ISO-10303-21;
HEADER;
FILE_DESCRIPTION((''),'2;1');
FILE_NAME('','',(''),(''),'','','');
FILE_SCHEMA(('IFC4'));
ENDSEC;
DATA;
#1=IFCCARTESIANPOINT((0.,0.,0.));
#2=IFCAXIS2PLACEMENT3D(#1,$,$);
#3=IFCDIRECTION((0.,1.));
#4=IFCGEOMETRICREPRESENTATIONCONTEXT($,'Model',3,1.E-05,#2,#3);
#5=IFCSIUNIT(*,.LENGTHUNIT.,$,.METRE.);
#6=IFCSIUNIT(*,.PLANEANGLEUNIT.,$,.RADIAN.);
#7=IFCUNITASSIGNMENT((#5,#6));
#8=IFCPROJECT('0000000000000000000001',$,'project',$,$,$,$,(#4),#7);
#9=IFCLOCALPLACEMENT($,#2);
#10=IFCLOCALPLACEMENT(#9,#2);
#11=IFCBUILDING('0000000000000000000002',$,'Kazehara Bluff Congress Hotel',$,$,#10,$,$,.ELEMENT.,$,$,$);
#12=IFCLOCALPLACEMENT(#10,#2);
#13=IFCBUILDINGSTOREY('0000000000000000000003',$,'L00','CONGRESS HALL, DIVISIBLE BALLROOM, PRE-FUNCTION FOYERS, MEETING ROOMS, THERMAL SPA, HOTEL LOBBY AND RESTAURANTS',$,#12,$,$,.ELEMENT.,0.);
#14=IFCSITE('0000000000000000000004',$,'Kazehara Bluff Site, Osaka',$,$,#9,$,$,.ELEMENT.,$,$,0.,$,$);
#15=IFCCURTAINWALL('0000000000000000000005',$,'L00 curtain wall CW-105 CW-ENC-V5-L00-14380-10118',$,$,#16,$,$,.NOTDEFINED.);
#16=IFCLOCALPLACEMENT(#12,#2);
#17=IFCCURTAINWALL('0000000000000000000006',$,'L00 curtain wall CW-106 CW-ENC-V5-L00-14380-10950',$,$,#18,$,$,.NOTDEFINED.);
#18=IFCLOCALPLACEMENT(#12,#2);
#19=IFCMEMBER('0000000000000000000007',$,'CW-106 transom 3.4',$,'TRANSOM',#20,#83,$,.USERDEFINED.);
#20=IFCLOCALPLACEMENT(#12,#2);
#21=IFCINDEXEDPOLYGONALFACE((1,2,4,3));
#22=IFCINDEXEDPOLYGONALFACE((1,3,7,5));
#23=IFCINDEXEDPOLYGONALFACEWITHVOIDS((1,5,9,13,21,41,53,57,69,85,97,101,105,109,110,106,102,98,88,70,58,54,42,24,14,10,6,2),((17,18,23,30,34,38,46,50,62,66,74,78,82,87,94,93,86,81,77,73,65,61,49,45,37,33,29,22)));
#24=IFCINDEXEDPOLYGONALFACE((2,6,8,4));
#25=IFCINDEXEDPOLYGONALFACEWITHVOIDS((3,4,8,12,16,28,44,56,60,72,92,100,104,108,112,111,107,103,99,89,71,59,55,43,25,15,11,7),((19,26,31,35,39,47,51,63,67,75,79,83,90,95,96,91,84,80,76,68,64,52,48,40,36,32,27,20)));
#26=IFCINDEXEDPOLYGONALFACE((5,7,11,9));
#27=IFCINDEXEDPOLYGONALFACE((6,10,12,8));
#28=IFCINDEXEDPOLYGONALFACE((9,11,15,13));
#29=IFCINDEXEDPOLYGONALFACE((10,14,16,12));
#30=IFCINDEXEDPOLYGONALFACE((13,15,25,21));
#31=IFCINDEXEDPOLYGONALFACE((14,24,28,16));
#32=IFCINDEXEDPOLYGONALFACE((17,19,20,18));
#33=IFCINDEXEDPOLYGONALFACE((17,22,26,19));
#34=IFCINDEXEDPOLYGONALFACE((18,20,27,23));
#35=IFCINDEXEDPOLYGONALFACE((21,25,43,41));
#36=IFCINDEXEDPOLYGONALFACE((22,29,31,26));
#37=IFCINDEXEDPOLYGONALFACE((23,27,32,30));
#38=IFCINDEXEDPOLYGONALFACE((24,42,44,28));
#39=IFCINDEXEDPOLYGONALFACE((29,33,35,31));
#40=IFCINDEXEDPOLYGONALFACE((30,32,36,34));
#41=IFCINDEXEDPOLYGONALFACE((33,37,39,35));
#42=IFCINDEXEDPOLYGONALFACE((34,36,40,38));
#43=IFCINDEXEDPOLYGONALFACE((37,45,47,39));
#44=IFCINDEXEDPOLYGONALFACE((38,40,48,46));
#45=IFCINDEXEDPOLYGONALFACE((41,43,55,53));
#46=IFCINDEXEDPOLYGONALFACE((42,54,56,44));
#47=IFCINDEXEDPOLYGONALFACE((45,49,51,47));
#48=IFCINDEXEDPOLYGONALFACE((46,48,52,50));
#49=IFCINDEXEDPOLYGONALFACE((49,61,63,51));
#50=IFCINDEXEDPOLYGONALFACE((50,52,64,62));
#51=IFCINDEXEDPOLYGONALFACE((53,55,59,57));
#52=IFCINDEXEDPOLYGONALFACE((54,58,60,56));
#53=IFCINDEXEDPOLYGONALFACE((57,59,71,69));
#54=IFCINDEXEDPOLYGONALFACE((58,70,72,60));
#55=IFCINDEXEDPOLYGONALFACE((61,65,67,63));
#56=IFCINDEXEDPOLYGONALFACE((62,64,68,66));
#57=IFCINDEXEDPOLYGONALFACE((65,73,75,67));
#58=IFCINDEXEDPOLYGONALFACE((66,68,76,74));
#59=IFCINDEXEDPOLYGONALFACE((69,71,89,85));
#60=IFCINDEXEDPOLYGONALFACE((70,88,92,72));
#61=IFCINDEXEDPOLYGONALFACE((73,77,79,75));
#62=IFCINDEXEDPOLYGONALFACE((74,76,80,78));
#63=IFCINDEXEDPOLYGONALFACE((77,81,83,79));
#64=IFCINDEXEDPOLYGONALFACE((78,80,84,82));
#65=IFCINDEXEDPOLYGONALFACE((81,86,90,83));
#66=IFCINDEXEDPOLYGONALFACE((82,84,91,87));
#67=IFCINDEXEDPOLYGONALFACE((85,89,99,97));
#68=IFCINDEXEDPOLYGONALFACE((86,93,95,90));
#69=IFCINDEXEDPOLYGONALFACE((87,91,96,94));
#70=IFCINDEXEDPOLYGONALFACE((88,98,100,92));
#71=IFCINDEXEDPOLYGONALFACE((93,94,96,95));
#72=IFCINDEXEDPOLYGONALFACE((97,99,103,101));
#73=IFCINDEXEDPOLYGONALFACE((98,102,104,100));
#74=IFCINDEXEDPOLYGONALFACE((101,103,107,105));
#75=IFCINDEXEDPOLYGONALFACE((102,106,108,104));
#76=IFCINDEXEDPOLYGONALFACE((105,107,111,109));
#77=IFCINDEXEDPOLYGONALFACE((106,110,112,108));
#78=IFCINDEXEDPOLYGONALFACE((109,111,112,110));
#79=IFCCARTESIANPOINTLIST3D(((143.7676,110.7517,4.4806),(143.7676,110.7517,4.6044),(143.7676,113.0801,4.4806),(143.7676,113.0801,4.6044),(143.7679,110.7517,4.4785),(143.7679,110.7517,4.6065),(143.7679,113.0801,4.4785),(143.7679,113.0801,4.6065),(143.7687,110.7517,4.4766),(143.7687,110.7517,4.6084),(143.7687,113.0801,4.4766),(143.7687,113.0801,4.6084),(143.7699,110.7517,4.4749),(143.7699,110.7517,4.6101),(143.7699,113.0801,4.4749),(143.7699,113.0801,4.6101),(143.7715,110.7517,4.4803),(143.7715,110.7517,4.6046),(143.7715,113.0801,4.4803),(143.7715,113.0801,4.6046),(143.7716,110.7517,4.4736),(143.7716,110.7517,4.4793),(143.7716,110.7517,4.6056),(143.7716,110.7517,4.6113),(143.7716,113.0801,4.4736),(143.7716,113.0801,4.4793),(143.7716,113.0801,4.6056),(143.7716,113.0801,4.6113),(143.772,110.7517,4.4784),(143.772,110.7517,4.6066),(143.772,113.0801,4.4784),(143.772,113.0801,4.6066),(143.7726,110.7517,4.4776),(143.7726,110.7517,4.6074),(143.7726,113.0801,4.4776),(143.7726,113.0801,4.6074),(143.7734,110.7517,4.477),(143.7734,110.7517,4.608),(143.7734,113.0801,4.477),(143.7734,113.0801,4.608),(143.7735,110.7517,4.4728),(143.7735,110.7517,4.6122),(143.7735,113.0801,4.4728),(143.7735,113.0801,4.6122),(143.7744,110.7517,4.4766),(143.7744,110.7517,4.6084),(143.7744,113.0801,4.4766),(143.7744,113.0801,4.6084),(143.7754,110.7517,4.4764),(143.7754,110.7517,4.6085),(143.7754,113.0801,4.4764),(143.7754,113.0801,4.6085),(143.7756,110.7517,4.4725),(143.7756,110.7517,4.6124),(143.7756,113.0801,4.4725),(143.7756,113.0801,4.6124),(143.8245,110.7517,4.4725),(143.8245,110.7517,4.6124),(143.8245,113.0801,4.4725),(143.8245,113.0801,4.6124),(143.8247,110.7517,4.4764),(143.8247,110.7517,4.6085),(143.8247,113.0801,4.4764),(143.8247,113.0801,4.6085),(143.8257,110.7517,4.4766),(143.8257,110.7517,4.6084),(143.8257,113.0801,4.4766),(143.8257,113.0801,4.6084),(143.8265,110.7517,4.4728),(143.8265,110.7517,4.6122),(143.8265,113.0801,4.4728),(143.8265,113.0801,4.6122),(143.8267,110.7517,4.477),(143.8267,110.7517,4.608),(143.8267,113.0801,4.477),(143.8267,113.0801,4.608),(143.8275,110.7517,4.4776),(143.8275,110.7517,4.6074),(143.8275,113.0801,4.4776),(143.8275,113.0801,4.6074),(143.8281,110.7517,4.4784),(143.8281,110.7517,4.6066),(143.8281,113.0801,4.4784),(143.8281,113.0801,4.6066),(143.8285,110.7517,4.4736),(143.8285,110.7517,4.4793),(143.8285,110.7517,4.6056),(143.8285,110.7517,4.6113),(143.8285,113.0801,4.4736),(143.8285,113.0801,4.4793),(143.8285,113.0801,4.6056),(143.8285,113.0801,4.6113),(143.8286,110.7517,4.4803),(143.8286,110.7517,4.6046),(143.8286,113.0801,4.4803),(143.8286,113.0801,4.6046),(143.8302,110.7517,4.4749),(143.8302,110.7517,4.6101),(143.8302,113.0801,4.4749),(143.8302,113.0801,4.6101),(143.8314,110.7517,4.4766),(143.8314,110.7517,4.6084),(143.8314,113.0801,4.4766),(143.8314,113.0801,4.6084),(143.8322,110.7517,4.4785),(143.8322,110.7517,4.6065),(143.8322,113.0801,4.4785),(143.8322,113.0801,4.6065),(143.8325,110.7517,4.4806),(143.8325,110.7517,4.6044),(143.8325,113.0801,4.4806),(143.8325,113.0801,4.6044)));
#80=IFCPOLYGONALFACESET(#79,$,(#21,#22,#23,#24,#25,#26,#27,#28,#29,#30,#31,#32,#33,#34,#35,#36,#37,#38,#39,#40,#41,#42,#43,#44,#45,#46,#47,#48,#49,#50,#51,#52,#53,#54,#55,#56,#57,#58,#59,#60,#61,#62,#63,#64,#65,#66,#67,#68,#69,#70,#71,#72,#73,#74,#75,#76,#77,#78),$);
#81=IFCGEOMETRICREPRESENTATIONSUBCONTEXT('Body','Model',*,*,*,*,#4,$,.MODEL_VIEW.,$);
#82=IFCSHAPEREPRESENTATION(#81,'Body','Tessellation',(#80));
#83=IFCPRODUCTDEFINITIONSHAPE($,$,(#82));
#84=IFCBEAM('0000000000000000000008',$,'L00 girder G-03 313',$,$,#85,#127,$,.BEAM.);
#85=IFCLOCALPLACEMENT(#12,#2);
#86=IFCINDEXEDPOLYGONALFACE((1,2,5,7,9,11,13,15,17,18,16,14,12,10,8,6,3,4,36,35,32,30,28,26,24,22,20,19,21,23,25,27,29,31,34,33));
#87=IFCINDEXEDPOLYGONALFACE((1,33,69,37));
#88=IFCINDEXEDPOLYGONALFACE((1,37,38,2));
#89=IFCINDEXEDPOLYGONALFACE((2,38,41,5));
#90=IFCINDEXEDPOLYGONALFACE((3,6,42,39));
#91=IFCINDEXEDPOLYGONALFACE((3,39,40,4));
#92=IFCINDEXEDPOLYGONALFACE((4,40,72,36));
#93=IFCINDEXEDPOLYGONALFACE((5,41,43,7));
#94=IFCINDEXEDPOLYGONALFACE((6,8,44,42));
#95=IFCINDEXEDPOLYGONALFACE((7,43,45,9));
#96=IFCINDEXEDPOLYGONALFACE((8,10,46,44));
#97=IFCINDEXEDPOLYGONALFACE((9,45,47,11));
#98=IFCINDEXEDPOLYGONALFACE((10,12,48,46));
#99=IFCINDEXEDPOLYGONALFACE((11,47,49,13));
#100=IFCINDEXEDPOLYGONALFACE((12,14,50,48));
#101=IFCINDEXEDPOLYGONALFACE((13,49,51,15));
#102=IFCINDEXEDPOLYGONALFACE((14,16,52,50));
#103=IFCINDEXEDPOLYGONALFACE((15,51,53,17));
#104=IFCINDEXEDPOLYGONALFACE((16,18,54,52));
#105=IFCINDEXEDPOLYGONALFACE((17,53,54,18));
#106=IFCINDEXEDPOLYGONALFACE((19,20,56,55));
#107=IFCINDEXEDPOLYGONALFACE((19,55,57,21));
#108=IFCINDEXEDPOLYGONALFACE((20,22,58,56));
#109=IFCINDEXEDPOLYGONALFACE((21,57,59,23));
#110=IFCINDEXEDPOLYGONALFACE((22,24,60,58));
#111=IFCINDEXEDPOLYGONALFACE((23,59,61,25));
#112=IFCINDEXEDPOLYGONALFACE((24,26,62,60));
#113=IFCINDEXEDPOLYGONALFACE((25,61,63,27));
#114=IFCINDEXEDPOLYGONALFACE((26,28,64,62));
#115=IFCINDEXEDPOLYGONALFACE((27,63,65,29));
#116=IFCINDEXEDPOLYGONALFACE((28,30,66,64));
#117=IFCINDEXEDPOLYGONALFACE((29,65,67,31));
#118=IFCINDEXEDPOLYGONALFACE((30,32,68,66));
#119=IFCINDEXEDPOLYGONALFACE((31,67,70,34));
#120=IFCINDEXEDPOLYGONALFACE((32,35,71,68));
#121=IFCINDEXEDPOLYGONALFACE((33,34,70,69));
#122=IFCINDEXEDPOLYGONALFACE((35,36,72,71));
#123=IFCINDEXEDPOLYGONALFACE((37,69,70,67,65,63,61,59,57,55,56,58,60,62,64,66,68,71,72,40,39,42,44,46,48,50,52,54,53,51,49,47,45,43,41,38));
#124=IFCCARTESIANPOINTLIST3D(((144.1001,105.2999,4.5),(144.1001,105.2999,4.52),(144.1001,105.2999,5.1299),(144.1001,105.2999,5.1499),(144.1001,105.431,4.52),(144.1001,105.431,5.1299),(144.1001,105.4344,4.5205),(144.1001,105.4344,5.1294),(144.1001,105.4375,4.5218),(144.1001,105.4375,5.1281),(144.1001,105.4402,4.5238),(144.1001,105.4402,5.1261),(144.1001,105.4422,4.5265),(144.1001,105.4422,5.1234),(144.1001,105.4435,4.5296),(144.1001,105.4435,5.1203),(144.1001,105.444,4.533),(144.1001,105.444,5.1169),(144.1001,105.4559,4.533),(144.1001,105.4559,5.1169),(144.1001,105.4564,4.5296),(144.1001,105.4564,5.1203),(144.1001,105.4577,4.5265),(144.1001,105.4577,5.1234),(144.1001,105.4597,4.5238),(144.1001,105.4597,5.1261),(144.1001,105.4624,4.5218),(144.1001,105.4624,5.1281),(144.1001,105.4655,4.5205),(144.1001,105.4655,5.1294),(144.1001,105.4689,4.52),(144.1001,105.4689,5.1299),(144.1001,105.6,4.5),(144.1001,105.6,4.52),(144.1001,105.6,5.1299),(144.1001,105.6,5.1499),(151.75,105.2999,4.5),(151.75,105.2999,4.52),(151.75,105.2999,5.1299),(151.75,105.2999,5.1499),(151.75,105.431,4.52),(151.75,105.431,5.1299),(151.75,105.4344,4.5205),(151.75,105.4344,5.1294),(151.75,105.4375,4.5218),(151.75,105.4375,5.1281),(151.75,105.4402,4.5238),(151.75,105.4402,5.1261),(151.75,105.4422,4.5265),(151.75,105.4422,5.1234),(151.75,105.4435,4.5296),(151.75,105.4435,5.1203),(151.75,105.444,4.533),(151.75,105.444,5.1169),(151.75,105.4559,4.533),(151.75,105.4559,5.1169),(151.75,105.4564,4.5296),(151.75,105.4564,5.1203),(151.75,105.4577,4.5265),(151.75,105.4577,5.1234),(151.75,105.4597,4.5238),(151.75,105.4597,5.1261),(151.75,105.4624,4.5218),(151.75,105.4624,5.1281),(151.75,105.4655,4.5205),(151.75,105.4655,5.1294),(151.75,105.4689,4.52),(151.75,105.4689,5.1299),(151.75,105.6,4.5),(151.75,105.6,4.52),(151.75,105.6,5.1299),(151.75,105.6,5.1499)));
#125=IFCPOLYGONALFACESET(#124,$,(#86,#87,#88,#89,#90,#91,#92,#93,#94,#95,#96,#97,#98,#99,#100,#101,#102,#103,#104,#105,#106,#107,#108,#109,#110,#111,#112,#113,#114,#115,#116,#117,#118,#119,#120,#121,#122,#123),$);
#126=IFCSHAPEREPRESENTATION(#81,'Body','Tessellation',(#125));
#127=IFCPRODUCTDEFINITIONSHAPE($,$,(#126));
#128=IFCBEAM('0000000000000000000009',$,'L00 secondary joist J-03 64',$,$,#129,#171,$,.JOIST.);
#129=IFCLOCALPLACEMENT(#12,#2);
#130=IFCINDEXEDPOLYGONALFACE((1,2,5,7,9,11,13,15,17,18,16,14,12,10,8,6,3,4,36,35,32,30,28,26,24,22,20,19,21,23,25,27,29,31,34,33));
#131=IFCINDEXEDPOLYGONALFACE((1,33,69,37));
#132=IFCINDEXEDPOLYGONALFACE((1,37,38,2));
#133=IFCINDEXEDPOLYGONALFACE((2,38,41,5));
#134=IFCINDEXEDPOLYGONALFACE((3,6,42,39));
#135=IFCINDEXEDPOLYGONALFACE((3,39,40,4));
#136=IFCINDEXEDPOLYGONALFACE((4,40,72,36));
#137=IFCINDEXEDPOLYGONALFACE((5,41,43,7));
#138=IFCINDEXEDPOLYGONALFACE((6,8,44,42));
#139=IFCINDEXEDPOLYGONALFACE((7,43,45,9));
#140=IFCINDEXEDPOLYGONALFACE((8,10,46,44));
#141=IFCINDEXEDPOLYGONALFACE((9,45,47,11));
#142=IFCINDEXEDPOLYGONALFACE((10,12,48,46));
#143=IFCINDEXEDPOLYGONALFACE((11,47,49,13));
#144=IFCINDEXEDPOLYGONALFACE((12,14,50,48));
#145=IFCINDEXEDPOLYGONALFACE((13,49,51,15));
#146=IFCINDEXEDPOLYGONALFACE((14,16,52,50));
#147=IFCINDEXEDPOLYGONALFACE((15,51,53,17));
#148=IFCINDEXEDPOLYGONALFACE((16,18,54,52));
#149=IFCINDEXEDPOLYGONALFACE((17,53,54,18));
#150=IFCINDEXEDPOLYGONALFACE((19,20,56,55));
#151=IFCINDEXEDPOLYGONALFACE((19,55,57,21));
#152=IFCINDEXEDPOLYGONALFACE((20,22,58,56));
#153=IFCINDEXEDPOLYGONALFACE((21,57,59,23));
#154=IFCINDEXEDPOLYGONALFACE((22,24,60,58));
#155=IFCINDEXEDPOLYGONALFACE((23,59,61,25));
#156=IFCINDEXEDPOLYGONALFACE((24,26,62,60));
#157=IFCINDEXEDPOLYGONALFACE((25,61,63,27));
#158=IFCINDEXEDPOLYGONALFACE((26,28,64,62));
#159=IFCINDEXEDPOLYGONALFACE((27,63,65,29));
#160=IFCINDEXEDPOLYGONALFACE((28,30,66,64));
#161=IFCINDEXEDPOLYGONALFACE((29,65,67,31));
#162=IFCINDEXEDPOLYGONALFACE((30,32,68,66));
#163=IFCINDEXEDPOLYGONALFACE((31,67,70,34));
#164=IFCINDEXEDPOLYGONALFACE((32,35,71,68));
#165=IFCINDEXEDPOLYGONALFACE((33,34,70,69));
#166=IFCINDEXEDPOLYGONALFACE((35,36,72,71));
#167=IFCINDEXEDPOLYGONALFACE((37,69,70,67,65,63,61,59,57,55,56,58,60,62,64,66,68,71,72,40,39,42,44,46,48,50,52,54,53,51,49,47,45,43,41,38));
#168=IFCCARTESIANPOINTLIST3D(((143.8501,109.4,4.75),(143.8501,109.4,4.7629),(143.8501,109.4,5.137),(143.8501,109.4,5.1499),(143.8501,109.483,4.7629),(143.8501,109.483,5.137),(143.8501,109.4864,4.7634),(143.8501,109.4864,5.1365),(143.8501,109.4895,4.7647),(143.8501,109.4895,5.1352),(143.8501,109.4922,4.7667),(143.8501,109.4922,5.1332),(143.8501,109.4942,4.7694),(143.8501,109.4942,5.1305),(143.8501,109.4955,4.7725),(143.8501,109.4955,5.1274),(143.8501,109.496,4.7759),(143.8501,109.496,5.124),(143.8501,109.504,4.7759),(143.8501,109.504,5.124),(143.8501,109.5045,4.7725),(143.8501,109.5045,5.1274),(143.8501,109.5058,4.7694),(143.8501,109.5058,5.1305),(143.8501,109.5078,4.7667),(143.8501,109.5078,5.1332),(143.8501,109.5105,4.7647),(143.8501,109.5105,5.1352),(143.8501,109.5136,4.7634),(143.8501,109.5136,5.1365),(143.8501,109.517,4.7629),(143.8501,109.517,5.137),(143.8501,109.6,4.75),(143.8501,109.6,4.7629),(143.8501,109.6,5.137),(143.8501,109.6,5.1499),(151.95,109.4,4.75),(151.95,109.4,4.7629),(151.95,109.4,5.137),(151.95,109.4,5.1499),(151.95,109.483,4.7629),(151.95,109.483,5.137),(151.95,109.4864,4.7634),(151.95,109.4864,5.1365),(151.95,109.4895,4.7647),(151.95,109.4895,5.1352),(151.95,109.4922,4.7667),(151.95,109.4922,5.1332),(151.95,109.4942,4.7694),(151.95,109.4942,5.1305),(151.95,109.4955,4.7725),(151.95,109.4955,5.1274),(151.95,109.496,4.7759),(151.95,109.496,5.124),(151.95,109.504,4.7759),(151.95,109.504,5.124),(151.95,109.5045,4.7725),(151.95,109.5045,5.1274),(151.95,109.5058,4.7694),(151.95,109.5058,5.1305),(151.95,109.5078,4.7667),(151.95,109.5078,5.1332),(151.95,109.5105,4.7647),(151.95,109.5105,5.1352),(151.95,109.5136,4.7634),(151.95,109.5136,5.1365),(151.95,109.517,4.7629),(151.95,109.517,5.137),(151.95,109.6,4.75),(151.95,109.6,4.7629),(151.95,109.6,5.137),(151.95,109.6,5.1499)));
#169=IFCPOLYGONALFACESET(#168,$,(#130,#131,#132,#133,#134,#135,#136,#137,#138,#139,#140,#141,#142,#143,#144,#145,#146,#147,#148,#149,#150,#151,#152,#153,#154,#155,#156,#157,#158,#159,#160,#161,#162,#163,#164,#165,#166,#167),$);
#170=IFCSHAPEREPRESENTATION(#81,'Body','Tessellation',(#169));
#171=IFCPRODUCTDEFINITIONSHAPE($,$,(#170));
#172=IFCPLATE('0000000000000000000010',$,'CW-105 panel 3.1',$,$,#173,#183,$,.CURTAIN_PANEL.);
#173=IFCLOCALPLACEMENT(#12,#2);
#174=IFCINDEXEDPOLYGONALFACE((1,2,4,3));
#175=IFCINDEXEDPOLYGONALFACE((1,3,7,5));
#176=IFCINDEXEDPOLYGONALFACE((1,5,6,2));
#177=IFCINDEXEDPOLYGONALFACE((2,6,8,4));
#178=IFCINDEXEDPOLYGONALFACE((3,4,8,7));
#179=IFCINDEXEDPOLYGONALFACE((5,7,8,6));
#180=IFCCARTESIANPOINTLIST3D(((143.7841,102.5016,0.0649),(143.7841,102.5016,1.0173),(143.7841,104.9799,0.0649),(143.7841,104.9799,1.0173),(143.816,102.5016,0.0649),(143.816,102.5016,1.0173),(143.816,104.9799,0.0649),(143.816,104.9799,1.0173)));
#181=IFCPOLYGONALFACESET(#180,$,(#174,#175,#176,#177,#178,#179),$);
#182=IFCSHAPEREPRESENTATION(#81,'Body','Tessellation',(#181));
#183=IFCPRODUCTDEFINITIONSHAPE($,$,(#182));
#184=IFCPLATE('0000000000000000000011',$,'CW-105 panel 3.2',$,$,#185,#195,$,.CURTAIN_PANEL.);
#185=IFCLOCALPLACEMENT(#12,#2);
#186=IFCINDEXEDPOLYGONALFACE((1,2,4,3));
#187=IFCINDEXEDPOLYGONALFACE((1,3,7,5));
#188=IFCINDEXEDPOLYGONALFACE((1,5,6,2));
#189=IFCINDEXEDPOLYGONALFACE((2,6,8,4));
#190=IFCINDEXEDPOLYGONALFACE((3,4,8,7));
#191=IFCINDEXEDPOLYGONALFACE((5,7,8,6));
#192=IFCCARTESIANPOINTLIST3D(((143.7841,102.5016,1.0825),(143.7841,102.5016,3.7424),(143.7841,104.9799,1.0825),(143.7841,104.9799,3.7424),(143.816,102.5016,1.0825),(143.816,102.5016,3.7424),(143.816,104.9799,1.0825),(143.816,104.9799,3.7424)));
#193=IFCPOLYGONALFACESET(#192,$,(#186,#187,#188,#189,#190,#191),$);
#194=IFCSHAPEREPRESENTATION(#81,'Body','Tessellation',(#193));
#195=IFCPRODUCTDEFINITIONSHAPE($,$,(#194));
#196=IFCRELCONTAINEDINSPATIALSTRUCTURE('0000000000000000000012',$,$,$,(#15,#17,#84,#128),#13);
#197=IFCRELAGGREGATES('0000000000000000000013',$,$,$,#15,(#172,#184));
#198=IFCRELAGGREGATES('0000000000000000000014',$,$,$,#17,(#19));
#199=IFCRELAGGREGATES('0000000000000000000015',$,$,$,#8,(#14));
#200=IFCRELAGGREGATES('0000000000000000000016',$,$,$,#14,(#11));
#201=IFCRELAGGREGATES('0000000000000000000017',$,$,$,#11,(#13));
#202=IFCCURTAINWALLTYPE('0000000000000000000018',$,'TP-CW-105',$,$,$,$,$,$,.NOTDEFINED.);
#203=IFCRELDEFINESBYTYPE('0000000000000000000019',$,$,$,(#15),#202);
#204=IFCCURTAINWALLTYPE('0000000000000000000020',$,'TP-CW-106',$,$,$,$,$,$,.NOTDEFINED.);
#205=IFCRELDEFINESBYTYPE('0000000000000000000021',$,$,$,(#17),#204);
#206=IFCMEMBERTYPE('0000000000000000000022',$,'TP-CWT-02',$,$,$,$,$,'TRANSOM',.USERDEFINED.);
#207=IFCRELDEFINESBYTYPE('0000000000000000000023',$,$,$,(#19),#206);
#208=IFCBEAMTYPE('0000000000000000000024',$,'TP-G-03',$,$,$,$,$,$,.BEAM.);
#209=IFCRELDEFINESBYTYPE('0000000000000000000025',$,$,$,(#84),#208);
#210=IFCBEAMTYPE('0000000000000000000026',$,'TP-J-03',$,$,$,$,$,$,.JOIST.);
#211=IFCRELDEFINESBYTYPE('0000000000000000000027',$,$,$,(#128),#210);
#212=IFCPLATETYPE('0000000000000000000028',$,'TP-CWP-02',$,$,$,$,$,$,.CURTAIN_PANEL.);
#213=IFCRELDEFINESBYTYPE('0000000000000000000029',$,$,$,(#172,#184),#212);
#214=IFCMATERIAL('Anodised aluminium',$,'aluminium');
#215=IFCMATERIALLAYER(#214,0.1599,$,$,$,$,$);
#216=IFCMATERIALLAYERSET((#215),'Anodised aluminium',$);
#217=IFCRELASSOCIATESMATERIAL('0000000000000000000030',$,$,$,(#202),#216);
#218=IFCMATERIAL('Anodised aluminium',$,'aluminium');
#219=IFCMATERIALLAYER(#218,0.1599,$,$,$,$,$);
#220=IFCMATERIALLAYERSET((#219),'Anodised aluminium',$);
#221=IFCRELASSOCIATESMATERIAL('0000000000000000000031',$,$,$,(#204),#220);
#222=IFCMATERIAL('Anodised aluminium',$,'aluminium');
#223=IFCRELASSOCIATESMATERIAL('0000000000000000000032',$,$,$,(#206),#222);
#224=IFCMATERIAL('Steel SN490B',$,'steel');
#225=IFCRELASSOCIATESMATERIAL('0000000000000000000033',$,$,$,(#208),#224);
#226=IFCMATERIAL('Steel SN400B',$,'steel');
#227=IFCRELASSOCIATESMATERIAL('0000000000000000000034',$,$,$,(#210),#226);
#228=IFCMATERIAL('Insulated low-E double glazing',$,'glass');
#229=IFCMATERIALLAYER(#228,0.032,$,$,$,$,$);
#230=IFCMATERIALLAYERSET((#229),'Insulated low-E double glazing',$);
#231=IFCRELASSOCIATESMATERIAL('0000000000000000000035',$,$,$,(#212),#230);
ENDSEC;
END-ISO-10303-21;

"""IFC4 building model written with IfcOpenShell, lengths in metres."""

from ifc_helpers import new_model, si_unit, direction, frame, origin, origin_2d, place, context, subcontext, project, spatial, rectangle, hollow_rectangle, i_section, extrude, material, layer, layer_set, material_profile, profile_set, type_object, element, aggregate, save


model = new_model("IFC4")

# Units and contexts
model_context = context("Model", 3, precision=1e-05, world=origin(), true_north=direction((0.0, 1.0)))
body_context = subcontext(model_context, "Body", "Model", "MODEL_VIEW")
ifc_project = project(units=[si_unit("LENGTHUNIT", "METRE"), si_unit("PLANEANGLEUNIT", "RADIAN")], contexts=[model_context])

# Site, building, storey
site_placement = place(None, origin())
site = spatial("IfcSite", under=ifc_project, at=site_placement, Name="Kazehara Bluff Site, Osaka", CompositionType="ELEMENT", RefElevation=0.0)
building_placement = place(site_placement, origin())
building = spatial("IfcBuilding", under=site, at=building_placement, Name="Kazehara Bluff Congress Hotel", CompositionType="ELEMENT")
storey_placement = place(building_placement, origin())
storey = spatial("IfcBuildingStorey", under=building, at=storey_placement, Name="L00", Description="CONGRESS HALL, DIVISIBLE BALLROOM, PRE-FUNCTION FOYERS, MEETING ROOMS, THERMAL SPA, HOTEL LOBBY AND RESTAURANTS", CompositionType="ELEMENT", Elevation=0.0)

# Curtain wall
ifc_material_1 = material(Name="Anodised aluminium", Category="aluminium")
ifc_layer_1 = layer(ifc_material_1, 0.1599)
ifc_layer_set_1 = layer_set([ifc_layer_1], Name="Anodised aluminium")
curtain_wall_type_1 = type_object("IfcCurtainWallType", Name="TP-CW-105", PredefinedType="NOTDEFINED", material=ifc_layer_set_1)
curtain_wall_1_placement = place(storey_placement, origin())
curtain_wall_1 = element("IfcCurtainWall", 1, at=curtain_wall_1_placement, inside=storey, type_object=curtain_wall_type_1, Name="L00 curtain wall CW-105 CW-ENC-V5-L00-14380-10118", PredefinedType="NOTDEFINED")

# Curtain wall
ifc_material_2 = material(Name="Anodised aluminium", Category="aluminium")
ifc_layer_2 = layer(ifc_material_2, 0.1599)
ifc_layer_set_2 = layer_set([ifc_layer_2], Name="Anodised aluminium")
curtain_wall_type_2 = type_object("IfcCurtainWallType", Name="TP-CW-106", PredefinedType="NOTDEFINED", material=ifc_layer_set_2)
curtain_wall_2_placement = place(storey_placement, origin())
curtain_wall_2 = element("IfcCurtainWall", 2, at=curtain_wall_2_placement, inside=storey, type_object=curtain_wall_type_2, Name="L00 curtain wall CW-106 CW-ENC-V5-L00-14380-10950", PredefinedType="NOTDEFINED")

# Member
ifc_material_3 = material(Name="Anodised aluminium", Category="aluminium")
ifc_material_profile_1 = material_profile(ifc_material_3, hollow_rectangle(XDim=0.0649, YDim=0.1399, WallThickness=0.0039, InnerFilletRadius=0.0039, OuterFilletRadius=0.0081, at=origin_2d()))
ifc_profile_set_1 = profile_set([ifc_material_profile_1], Name="Anodised aluminium")
member_type_1 = type_object("IfcMemberType", Name="TP-CWT-02", ElementType="TRANSOM", PredefinedType="USERDEFINED", material=ifc_profile_set_1)
member_1_placement = place(storey_placement, frame((143.8, 110.7517, 4.5425), z_axis=(0.0, 1.0, 0.0), x_axis=(-1.0, 0.0, 0.0)))
member_1 = element("IfcMember", 3, at=member_1_placement, type_object=member_type_1, Name="CW-106 transom 3.4", ObjectType="TRANSOM", PredefinedType="USERDEFINED", context=body_context, shape_type="SweptSolid", body=[
    extrude(hollow_rectangle(XDim=0.0649, YDim=0.1399, WallThickness=0.0039, InnerFilletRadius=0.0039, OuterFilletRadius=0.0081, at=origin_2d()), origin(), (0.0, 0.0, 1.0), 2.3284),
])

# Beams
ifc_material_4 = material(Name="Steel SN490B", Category="steel")
ifc_material_profile_2 = material_profile(ifc_material_4, i_section(OverallWidth=0.3, OverallDepth=0.6499, WebThickness=0.012, FlangeThickness=0.02, FilletRadius=0.0129, at=origin_2d()))
ifc_profile_set_2 = profile_set([ifc_material_profile_2], Name="Steel SN490B")
beam_type_1 = type_object("IfcBeamType", Name="TP-G-03", PredefinedType="BEAM", material=ifc_profile_set_2)
beam_1_placement = place(storey_placement, frame((144.1001, 105.45, 4.825), z_axis=(1.0, 0.0, 0.0), x_axis=(0.0, 1.0, 0.0)))
element("IfcBeam", 4, at=beam_1_placement, inside=storey, type_object=beam_type_1, Name="L00 girder G-03 313", PredefinedType="BEAM", context=body_context, shape_type="SweptSolid", body=[
    extrude(i_section(OverallWidth=0.3, OverallDepth=0.6499, WebThickness=0.012, FlangeThickness=0.02, FilletRadius=0.0129, at=origin_2d()), origin(), (0.0, 0.0, 1.0), 7.6499),
])
ifc_material_5 = material(Name="Steel SN400B", Category="steel")
ifc_material_profile_3 = material_profile(ifc_material_5, i_section(OverallWidth=0.2, OverallDepth=0.3999, WebThickness=0.0081, FlangeThickness=0.0129, FilletRadius=0.0129, at=origin_2d()))
ifc_profile_set_3 = profile_set([ifc_material_profile_3], Name="Steel SN400B")
beam_type_2 = type_object("IfcBeamType", Name="TP-J-03", PredefinedType="JOIST", material=ifc_profile_set_3)
beam_2_placement = place(storey_placement, frame((143.8501, 109.5, 4.95), z_axis=(1.0, 0.0, 0.0), x_axis=(0.0, 1.0, 0.0)))
element("IfcBeam", 5, at=beam_2_placement, inside=storey, type_object=beam_type_2, Name="L00 secondary joist J-03 64", PredefinedType="JOIST", context=body_context, shape_type="SweptSolid", body=[
    extrude(i_section(OverallWidth=0.2, OverallDepth=0.3999, WebThickness=0.0081, FlangeThickness=0.0129, FilletRadius=0.0129, at=origin_2d()), origin(), (0.0, 0.0, 1.0), 8.0999),
])

# Plates
ifc_material_6 = material(Name="Insulated low-E double glazing", Category="glass")
ifc_layer_3 = layer(ifc_material_6, 0.032)
ifc_layer_set_3 = layer_set([ifc_layer_3], Name="Insulated low-E double glazing")
plate_type = type_object("IfcPlateType", Name="TP-CWP-02", PredefinedType="CURTAIN_PANEL", material=ifc_layer_set_3)
plate_1_placement = place(storey_placement, frame((143.8, 103.7407, 0.0649), z_axis=(0.0, 0.0, 1.0), x_axis=(0.0, 1.0, 0.0)))
plate_1 = element("IfcPlate", 6, at=plate_1_placement, type_object=plate_type, Name="CW-105 panel 3.1", PredefinedType="CURTAIN_PANEL", context=body_context, shape_type="SweptSolid", body=[
    extrude(rectangle(XDim=2.4783, YDim=0.032, at=origin_2d()), origin(), (0.0, 0.0, 1.0), 0.9524),
])
plate_2_placement = place(storey_placement, frame((143.8, 103.7407, 1.0825), z_axis=(0.0, 0.0, 1.0), x_axis=(0.0, 1.0, 0.0)))
plate_2 = element("IfcPlate", 7, at=plate_2_placement, type_object=plate_type, Name="CW-105 panel 3.2", PredefinedType="CURTAIN_PANEL", context=body_context, shape_type="SweptSolid", body=[
    extrude(rectangle(XDim=2.4783, YDim=0.032, at=origin_2d()), origin(), (0.0, 0.0, 1.0), 2.6599),
])
aggregate(curtain_wall_1, [plate_1, plate_2])
aggregate(curtain_wall_2, [member_1])

save(model, "model.ifc")
